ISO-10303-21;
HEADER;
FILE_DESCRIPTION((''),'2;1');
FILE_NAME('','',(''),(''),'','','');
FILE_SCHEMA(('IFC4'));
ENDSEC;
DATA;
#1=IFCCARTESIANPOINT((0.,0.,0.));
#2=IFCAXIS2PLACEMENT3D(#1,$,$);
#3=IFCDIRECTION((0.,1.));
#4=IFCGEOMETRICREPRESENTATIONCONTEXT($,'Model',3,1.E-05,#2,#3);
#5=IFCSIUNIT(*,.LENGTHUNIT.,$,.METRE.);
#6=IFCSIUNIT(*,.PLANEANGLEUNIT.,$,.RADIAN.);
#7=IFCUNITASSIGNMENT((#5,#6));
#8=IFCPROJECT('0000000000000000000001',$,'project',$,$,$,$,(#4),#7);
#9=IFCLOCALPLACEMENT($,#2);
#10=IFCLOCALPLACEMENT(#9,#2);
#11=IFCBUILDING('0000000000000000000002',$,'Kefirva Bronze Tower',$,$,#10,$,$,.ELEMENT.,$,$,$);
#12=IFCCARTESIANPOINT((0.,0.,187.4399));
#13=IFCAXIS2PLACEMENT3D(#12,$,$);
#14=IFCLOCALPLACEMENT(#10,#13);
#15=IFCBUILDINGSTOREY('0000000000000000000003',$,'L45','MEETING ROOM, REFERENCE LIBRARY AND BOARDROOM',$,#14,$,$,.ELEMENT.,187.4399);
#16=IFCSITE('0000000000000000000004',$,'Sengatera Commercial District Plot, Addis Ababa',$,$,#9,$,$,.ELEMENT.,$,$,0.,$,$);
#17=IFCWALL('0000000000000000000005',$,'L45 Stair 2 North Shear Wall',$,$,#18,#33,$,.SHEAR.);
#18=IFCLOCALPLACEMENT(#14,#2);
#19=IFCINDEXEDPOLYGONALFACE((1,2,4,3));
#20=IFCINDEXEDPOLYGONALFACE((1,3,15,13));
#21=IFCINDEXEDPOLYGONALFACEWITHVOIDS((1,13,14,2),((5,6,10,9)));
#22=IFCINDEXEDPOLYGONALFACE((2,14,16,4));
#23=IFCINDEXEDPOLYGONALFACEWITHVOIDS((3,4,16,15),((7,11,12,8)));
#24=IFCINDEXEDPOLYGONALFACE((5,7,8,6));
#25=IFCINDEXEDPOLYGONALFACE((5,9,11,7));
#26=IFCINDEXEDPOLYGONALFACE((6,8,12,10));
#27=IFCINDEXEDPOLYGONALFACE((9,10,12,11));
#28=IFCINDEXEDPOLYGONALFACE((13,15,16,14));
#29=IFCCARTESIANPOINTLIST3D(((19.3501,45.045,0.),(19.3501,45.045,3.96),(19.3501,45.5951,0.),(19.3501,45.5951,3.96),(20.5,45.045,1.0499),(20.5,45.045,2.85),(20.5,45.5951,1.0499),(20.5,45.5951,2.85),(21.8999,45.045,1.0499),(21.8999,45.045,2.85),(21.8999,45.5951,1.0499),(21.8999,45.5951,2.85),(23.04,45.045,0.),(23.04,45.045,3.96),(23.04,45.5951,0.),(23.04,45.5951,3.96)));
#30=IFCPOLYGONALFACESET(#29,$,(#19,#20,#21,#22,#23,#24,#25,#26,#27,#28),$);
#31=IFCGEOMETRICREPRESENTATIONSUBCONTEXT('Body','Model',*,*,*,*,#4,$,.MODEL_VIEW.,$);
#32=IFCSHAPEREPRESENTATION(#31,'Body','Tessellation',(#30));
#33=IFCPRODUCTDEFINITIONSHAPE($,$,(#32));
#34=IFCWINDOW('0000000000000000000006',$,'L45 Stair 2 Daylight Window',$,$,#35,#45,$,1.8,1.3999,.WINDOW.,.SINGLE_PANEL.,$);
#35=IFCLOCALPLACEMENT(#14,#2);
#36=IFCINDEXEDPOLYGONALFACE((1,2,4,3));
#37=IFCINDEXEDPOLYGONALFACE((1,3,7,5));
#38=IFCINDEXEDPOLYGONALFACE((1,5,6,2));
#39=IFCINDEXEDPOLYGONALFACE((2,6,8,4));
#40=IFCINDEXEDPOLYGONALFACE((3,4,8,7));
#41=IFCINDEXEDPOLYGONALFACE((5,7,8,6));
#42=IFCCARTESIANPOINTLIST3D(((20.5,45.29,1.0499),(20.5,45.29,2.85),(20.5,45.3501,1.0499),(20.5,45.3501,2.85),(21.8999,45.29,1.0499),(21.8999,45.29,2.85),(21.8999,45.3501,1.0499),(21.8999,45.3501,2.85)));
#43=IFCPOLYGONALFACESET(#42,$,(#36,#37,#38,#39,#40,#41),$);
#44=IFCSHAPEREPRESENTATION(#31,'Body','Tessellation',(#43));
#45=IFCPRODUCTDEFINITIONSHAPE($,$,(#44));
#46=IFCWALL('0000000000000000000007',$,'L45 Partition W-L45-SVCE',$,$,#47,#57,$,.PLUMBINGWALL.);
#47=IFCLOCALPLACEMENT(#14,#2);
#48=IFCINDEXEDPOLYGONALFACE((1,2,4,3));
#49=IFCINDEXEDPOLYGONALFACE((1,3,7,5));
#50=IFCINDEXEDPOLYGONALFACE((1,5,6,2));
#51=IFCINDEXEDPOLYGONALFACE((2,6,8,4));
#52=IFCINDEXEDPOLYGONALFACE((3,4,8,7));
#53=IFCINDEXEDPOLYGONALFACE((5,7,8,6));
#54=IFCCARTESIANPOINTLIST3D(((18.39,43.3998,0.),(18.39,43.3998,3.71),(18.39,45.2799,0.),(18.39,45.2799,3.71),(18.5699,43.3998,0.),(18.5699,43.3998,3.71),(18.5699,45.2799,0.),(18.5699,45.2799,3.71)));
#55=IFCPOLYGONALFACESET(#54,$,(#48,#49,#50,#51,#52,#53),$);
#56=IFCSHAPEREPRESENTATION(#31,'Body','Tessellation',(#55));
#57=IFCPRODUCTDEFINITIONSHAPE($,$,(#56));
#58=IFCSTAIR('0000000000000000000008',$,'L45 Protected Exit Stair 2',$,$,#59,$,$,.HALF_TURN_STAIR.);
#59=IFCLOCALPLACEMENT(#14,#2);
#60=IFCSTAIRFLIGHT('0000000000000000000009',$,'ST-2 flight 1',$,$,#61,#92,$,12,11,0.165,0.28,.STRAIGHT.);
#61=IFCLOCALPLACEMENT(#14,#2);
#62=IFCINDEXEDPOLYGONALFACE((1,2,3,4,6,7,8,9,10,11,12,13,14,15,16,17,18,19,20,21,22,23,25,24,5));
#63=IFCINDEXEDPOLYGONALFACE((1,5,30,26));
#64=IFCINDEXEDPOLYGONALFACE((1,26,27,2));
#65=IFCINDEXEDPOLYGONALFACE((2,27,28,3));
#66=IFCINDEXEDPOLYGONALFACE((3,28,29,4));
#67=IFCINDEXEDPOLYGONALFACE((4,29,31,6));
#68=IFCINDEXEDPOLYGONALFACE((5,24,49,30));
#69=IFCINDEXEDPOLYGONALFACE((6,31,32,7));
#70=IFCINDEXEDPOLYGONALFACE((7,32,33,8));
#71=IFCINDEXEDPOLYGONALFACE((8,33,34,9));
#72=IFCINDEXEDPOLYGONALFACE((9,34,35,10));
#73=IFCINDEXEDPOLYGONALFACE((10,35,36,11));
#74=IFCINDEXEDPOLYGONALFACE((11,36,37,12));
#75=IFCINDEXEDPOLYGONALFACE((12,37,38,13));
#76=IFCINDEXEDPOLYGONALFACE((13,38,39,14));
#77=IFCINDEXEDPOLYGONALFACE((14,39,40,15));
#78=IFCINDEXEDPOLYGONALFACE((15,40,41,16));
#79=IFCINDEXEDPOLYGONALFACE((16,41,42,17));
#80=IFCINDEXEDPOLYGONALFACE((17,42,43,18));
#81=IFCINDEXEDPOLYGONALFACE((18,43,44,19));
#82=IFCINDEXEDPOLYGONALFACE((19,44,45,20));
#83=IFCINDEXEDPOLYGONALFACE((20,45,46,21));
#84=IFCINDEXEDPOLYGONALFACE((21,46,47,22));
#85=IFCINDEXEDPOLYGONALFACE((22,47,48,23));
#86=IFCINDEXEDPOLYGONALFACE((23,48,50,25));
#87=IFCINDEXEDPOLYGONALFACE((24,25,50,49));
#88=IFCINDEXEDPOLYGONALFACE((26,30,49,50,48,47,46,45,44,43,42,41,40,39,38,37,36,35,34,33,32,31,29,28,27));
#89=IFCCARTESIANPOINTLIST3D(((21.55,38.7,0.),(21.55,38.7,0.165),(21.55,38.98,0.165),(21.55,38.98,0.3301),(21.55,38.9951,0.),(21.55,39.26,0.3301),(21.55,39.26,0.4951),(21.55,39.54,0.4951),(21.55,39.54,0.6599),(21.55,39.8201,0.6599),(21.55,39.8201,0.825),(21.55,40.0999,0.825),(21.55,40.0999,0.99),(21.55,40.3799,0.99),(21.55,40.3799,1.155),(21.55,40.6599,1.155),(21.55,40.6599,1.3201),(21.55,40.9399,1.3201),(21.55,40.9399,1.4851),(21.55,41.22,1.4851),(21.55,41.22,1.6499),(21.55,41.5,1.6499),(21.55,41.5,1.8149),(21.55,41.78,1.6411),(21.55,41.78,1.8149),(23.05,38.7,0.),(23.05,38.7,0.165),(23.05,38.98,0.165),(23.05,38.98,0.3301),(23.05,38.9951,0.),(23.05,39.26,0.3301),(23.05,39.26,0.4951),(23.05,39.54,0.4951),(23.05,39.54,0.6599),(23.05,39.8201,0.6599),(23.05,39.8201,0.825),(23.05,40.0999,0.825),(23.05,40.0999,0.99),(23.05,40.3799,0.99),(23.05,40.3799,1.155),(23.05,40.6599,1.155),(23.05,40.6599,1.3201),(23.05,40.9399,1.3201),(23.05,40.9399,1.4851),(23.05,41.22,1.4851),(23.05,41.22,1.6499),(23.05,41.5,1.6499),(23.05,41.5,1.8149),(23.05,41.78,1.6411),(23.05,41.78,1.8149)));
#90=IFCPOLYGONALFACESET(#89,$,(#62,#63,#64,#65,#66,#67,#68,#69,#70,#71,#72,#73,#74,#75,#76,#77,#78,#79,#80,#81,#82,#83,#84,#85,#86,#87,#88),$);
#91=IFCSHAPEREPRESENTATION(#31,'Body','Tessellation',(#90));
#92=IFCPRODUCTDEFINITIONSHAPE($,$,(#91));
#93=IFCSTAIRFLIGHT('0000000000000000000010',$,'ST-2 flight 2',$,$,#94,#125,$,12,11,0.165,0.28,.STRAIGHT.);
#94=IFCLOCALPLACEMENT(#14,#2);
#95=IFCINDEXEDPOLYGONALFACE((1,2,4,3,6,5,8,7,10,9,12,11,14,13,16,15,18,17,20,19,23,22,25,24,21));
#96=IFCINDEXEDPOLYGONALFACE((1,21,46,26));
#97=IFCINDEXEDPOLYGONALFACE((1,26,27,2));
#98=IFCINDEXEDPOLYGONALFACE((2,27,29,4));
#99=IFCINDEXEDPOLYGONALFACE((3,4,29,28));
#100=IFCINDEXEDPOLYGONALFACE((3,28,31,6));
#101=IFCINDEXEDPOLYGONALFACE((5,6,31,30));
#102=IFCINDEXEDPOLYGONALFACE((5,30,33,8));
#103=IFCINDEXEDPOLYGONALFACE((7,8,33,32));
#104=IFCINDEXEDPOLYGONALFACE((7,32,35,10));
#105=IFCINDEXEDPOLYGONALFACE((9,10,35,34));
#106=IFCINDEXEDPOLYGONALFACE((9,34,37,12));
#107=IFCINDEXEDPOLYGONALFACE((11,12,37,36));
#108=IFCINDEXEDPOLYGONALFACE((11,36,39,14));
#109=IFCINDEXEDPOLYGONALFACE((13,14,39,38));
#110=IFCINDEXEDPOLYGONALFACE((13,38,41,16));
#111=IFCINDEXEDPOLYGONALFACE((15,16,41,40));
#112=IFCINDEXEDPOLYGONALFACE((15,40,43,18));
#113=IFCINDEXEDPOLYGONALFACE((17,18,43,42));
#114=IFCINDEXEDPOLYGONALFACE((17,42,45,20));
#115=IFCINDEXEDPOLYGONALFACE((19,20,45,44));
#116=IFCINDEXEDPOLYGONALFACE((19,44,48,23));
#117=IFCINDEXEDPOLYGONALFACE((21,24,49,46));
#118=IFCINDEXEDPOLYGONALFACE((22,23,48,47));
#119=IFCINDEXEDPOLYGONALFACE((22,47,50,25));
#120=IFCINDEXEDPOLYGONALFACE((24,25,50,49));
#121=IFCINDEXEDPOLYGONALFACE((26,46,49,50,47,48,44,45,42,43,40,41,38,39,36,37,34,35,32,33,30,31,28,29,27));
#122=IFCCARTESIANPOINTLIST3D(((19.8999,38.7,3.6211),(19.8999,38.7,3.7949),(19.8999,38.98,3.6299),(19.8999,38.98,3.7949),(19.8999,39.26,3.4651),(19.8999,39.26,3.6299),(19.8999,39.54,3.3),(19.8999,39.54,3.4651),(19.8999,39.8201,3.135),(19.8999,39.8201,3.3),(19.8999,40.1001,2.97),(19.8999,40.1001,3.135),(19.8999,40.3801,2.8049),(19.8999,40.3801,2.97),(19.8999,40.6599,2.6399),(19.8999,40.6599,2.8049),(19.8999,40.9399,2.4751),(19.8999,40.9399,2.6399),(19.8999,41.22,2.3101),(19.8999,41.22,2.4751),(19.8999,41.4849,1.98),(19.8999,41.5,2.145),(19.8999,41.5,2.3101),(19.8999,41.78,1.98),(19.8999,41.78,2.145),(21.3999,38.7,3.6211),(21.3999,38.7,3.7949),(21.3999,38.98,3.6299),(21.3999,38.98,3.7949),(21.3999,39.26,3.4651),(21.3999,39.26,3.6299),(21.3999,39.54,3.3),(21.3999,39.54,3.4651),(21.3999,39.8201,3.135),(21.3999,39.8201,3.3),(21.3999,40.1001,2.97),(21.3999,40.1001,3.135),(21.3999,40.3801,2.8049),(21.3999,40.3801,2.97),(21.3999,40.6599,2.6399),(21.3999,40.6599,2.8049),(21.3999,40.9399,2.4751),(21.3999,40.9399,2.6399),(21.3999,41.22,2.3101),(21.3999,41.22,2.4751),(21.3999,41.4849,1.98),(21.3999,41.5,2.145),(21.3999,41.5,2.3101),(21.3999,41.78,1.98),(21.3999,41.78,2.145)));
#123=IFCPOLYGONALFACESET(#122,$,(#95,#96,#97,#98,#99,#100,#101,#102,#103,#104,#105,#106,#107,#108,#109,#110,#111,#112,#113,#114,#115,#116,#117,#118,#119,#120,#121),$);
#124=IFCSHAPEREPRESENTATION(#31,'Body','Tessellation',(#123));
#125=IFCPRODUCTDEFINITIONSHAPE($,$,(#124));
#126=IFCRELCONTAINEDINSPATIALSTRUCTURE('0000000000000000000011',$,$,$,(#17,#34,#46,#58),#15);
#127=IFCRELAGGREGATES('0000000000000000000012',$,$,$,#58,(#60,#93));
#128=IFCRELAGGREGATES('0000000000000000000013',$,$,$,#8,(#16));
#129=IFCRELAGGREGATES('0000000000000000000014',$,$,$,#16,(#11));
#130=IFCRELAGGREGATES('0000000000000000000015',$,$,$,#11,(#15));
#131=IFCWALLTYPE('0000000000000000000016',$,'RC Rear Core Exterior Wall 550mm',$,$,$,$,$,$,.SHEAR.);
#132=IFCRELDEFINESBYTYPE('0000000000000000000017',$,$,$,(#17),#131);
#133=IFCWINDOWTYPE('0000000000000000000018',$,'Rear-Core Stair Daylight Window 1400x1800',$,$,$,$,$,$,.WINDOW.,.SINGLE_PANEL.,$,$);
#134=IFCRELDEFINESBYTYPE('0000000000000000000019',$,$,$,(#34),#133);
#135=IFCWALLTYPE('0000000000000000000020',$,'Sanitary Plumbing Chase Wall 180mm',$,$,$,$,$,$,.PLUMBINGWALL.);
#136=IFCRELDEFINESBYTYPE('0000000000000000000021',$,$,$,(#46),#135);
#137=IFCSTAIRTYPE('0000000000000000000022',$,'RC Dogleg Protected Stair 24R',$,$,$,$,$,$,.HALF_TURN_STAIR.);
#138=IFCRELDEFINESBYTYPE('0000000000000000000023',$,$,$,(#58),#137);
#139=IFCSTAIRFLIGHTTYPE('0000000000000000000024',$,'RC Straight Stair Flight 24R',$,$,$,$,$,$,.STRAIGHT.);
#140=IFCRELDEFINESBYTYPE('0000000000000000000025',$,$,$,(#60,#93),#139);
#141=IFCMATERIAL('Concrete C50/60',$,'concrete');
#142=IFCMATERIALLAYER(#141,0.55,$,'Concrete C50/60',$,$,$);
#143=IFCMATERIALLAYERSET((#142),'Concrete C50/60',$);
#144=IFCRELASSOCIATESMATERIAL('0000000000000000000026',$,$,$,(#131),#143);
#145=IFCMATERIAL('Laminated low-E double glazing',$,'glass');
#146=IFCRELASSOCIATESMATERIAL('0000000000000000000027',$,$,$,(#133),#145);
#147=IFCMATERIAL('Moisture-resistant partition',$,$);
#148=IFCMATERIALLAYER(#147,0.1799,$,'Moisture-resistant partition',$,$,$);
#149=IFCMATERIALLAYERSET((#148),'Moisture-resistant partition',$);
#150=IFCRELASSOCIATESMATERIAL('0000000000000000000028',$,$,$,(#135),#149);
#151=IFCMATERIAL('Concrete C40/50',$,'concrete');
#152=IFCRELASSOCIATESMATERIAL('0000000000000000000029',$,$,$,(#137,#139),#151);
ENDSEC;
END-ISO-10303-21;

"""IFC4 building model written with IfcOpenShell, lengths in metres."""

from ifc_helpers import new_model, si_unit, direction, frame, frame_2d, origin, place, context, subcontext, project, spatial, polyline, rectangle, outline, extrude, material, layer, layer_set, type_object, element, fill, aggregate, save


model = new_model("IFC4")

# Units and contexts
model_context = context("Model", 3, precision=1e-05, world=origin(), true_north=direction((0.0, 1.0)))
body_context = subcontext(model_context, "Body", "Model", "MODEL_VIEW")
ifc_project = project(units=[si_unit("LENGTHUNIT", "METRE"), si_unit("PLANEANGLEUNIT", "RADIAN")], contexts=[model_context])

# Site, building, storey
site_placement = place(None, origin())
site = spatial("IfcSite", under=ifc_project, at=site_placement, Name="Sengatera Commercial District Plot, Addis Ababa", CompositionType="ELEMENT", RefElevation=0.0)
building_placement = place(site_placement, origin())
building = spatial("IfcBuilding", under=site, at=building_placement, Name="Kefirva Bronze Tower", CompositionType="ELEMENT")
storey_placement = place(building_placement, frame((0.0, 0.0, 187.4399)))
storey = spatial("IfcBuildingStorey", under=building, at=storey_placement, Name="L45", Description="MEETING ROOM, REFERENCE LIBRARY AND BOARDROOM", CompositionType="ELEMENT", Elevation=187.4399)

# Shared definitions
ifc_material_1 = material(Name="Concrete C50/60", Category="concrete")

# Shared definitions
ifc_material_2 = material(Name="Laminated low-E double glazing", Category="glass")

# Wall, opening, window
ifc_layer_1 = layer(ifc_material_1, 0.55, Name="Concrete C50/60")
ifc_layer_set_1 = layer_set([ifc_layer_1], Name="Concrete C50/60")
wall_type_1 = type_object("IfcWallType", Name="RC Rear Core Exterior Wall 550mm", PredefinedType="SHEAR", material=ifc_layer_set_1)
wall_1_placement = place(storey_placement, frame((19.3501, 45.3201, 0.0), z_axis=(0.0, 0.0, 1.0), x_axis=(1.0, 0.0, 0.0)))
wall_1 = element("IfcWall", 1, at=wall_1_placement, inside=storey, type_object=wall_type_1, Name="L45 Stair 2 North Shear Wall", PredefinedType="SHEAR", context=body_context, shape_type="SweptSolid", body=[
    extrude(rectangle(XDim=3.6899, YDim=0.55, at=frame_2d((1.845, 0.0))), origin(), (0.0, 0.0, 1.0), 3.96),
])
opening_placement = place(wall_1_placement, frame((1.1499, 0.0, 1.05)))
opening = element("IfcOpeningElement", 2, at=opening_placement, cuts=wall_1, PredefinedType="OPENING", context=body_context, shape_type="SweptSolid", body=[
    extrude(rectangle(XDim=1.3999, YDim=1.8, at=frame_2d((0.7, 0.8999))), frame((0.0, 0.2852, 0.0), z_axis=(0.0, -1.0, 0.0), x_axis=(1.0, 0.0, 0.0)), (0.0, 0.0, 1.0), 0.5701),
])
window_type = type_object("IfcWindowType", Name="Rear-Core Stair Daylight Window 1400x1800", PartitioningType="SINGLE_PANEL", PredefinedType="WINDOW", material=ifc_material_2)
window_placement = place(opening_placement, origin())
window = element("IfcWindow", 3, at=window_placement, inside=storey, type_object=window_type, Name="L45 Stair 2 Daylight Window", OverallHeight=1.8, OverallWidth=1.3999, PartitioningType="SINGLE_PANEL", PredefinedType="WINDOW", context=body_context, shape_type="SweptSolid", body=[
    extrude(rectangle(XDim=1.3999, YDim=1.8, at=frame_2d((0.7, 0.8999))), frame((0.0, 0.03, 0.0), z_axis=(0.0, -1.0, 0.0), x_axis=(1.0, 0.0, 0.0)), (0.0, 0.0, 1.0), 0.0601),
])
fill(opening, window)

# Wall
ifc_material_3 = material(Name="Moisture-resistant partition")
ifc_layer_2 = layer(ifc_material_3, 0.1799, Name="Moisture-resistant partition")
ifc_layer_set_2 = layer_set([ifc_layer_2], Name="Moisture-resistant partition")
wall_type_2 = type_object("IfcWallType", Name="Sanitary Plumbing Chase Wall 180mm", PredefinedType="PLUMBINGWALL", material=ifc_layer_set_2)
wall_2_placement = place(storey_placement, frame((18.48, 43.3999, 0.0), z_axis=(0.0, 0.0, 1.0), x_axis=(0.0, 1.0, 0.0)))
element("IfcWall", 4, at=wall_2_placement, inside=storey, type_object=wall_type_2, Name="L45 Partition W-L45-SVCE", PredefinedType="PLUMBINGWALL", context=body_context, shape_type="SweptSolid", body=[
    extrude(rectangle(XDim=1.8801, YDim=0.1799, at=frame_2d((0.9399, 0.0))), origin(), (0.0, 0.0, 1.0), 3.71),
])

# Stair, stair flights
ifc_material_4 = material(Name="Concrete C40/50", Category="concrete")
stair_type = type_object("IfcStairType", Name="RC Dogleg Protected Stair 24R", PredefinedType="HALF_TURN_STAIR", material=ifc_material_4)
stair_placement = place(storey_placement, origin())
stair = element("IfcStair", 5, at=stair_placement, inside=storey, type_object=stair_type, Name="L45 Protected Exit Stair 2", PredefinedType="HALF_TURN_STAIR")
stair_flight_type = type_object("IfcStairFlightType", Name="RC Straight Stair Flight 24R", PredefinedType="STRAIGHT", material=ifc_material_4)
stair_flight_1_placement = place(storey_placement, frame((22.3, 38.7, 0.0), z_axis=(0.0, 0.0, 1.0), x_axis=(0.0, 1.0, 0.0)))
stair_flight_1 = element("IfcStairFlight", 6, at=stair_flight_1_placement, type_object=stair_flight_type, Name="ST-2 flight 1", NumberOfRisers=12, NumberOfTreads=11, PredefinedType="STRAIGHT", RiserHeight=0.165, TreadLength=0.28, context=body_context, shape_type="SweptSolid", body=[
    extrude(outline(polyline([(0.0, 0.0), (0.0, 0.165), (0.28, 0.165), (0.28, 0.3301), (0.5601, 0.3301), (0.5601, 0.4951), (0.8401, 0.4951), (0.8401, 0.6599), (1.1201, 0.6599), (1.1201, 0.825), (1.3999, 0.825), (1.3999, 0.99), (1.6799, 0.99), (1.6799, 1.155), (1.96, 1.155), (1.96, 1.3201), (2.24, 1.3201), (2.24, 1.4851), (2.52, 1.4851), (2.52, 1.6499), (2.8, 1.6499), (2.8, 1.8149), (3.0801, 1.8149), (3.0801, 1.98), (3.0801, 1.6411), (0.2952, 0.0), (0.0, 0.0)])), frame((0.0, 0.75, 0.0), z_axis=(0.0, -1.0, 0.0), x_axis=(1.0, 0.0, 0.0)), (0.0, 0.0, 1.0), 1.5),
])
stair_flight_2_placement = place(storey_placement, frame((20.6499, 41.78, 1.98), z_axis=(0.0, 0.0, 1.0), x_axis=(0.0, -1.0, 0.0)))
stair_flight_2 = element("IfcStairFlight", 7, at=stair_flight_2_placement, type_object=stair_flight_type, Name="ST-2 flight 2", NumberOfRisers=12, NumberOfTreads=11, PredefinedType="STRAIGHT", RiserHeight=0.165, TreadLength=0.28, context=body_context, shape_type="SweptSolid", body=[
    extrude(outline(polyline([(0.0, 0.0), (0.0, 0.165), (0.28, 0.165), (0.28, 0.3301), (0.5601, 0.3301), (0.5601, 0.4951), (0.8401, 0.4951), (0.8401, 0.6599), (1.1201, 0.6599), (1.1201, 0.825), (1.3999, 0.825), (1.3999, 0.99), (1.6799, 0.99), (1.6799, 1.155), (1.96, 1.155), (1.96, 1.3201), (2.24, 1.3201), (2.24, 1.4851), (2.52, 1.4851), (2.52, 1.6499), (2.8, 1.6499), (2.8, 1.8149), (3.0801, 1.8149), (3.0801, 1.98), (3.0801, 1.6411), (0.2952, 0.0), (0.0, 0.0)])), frame((0.0, 0.75, 0.0), z_axis=(0.0, -1.0, 0.0), x_axis=(1.0, 0.0, 0.0)), (0.0, 0.0, 1.0), 1.5),
])
aggregate(stair, [stair_flight_1, stair_flight_2])

save(model, "model.ifc")
